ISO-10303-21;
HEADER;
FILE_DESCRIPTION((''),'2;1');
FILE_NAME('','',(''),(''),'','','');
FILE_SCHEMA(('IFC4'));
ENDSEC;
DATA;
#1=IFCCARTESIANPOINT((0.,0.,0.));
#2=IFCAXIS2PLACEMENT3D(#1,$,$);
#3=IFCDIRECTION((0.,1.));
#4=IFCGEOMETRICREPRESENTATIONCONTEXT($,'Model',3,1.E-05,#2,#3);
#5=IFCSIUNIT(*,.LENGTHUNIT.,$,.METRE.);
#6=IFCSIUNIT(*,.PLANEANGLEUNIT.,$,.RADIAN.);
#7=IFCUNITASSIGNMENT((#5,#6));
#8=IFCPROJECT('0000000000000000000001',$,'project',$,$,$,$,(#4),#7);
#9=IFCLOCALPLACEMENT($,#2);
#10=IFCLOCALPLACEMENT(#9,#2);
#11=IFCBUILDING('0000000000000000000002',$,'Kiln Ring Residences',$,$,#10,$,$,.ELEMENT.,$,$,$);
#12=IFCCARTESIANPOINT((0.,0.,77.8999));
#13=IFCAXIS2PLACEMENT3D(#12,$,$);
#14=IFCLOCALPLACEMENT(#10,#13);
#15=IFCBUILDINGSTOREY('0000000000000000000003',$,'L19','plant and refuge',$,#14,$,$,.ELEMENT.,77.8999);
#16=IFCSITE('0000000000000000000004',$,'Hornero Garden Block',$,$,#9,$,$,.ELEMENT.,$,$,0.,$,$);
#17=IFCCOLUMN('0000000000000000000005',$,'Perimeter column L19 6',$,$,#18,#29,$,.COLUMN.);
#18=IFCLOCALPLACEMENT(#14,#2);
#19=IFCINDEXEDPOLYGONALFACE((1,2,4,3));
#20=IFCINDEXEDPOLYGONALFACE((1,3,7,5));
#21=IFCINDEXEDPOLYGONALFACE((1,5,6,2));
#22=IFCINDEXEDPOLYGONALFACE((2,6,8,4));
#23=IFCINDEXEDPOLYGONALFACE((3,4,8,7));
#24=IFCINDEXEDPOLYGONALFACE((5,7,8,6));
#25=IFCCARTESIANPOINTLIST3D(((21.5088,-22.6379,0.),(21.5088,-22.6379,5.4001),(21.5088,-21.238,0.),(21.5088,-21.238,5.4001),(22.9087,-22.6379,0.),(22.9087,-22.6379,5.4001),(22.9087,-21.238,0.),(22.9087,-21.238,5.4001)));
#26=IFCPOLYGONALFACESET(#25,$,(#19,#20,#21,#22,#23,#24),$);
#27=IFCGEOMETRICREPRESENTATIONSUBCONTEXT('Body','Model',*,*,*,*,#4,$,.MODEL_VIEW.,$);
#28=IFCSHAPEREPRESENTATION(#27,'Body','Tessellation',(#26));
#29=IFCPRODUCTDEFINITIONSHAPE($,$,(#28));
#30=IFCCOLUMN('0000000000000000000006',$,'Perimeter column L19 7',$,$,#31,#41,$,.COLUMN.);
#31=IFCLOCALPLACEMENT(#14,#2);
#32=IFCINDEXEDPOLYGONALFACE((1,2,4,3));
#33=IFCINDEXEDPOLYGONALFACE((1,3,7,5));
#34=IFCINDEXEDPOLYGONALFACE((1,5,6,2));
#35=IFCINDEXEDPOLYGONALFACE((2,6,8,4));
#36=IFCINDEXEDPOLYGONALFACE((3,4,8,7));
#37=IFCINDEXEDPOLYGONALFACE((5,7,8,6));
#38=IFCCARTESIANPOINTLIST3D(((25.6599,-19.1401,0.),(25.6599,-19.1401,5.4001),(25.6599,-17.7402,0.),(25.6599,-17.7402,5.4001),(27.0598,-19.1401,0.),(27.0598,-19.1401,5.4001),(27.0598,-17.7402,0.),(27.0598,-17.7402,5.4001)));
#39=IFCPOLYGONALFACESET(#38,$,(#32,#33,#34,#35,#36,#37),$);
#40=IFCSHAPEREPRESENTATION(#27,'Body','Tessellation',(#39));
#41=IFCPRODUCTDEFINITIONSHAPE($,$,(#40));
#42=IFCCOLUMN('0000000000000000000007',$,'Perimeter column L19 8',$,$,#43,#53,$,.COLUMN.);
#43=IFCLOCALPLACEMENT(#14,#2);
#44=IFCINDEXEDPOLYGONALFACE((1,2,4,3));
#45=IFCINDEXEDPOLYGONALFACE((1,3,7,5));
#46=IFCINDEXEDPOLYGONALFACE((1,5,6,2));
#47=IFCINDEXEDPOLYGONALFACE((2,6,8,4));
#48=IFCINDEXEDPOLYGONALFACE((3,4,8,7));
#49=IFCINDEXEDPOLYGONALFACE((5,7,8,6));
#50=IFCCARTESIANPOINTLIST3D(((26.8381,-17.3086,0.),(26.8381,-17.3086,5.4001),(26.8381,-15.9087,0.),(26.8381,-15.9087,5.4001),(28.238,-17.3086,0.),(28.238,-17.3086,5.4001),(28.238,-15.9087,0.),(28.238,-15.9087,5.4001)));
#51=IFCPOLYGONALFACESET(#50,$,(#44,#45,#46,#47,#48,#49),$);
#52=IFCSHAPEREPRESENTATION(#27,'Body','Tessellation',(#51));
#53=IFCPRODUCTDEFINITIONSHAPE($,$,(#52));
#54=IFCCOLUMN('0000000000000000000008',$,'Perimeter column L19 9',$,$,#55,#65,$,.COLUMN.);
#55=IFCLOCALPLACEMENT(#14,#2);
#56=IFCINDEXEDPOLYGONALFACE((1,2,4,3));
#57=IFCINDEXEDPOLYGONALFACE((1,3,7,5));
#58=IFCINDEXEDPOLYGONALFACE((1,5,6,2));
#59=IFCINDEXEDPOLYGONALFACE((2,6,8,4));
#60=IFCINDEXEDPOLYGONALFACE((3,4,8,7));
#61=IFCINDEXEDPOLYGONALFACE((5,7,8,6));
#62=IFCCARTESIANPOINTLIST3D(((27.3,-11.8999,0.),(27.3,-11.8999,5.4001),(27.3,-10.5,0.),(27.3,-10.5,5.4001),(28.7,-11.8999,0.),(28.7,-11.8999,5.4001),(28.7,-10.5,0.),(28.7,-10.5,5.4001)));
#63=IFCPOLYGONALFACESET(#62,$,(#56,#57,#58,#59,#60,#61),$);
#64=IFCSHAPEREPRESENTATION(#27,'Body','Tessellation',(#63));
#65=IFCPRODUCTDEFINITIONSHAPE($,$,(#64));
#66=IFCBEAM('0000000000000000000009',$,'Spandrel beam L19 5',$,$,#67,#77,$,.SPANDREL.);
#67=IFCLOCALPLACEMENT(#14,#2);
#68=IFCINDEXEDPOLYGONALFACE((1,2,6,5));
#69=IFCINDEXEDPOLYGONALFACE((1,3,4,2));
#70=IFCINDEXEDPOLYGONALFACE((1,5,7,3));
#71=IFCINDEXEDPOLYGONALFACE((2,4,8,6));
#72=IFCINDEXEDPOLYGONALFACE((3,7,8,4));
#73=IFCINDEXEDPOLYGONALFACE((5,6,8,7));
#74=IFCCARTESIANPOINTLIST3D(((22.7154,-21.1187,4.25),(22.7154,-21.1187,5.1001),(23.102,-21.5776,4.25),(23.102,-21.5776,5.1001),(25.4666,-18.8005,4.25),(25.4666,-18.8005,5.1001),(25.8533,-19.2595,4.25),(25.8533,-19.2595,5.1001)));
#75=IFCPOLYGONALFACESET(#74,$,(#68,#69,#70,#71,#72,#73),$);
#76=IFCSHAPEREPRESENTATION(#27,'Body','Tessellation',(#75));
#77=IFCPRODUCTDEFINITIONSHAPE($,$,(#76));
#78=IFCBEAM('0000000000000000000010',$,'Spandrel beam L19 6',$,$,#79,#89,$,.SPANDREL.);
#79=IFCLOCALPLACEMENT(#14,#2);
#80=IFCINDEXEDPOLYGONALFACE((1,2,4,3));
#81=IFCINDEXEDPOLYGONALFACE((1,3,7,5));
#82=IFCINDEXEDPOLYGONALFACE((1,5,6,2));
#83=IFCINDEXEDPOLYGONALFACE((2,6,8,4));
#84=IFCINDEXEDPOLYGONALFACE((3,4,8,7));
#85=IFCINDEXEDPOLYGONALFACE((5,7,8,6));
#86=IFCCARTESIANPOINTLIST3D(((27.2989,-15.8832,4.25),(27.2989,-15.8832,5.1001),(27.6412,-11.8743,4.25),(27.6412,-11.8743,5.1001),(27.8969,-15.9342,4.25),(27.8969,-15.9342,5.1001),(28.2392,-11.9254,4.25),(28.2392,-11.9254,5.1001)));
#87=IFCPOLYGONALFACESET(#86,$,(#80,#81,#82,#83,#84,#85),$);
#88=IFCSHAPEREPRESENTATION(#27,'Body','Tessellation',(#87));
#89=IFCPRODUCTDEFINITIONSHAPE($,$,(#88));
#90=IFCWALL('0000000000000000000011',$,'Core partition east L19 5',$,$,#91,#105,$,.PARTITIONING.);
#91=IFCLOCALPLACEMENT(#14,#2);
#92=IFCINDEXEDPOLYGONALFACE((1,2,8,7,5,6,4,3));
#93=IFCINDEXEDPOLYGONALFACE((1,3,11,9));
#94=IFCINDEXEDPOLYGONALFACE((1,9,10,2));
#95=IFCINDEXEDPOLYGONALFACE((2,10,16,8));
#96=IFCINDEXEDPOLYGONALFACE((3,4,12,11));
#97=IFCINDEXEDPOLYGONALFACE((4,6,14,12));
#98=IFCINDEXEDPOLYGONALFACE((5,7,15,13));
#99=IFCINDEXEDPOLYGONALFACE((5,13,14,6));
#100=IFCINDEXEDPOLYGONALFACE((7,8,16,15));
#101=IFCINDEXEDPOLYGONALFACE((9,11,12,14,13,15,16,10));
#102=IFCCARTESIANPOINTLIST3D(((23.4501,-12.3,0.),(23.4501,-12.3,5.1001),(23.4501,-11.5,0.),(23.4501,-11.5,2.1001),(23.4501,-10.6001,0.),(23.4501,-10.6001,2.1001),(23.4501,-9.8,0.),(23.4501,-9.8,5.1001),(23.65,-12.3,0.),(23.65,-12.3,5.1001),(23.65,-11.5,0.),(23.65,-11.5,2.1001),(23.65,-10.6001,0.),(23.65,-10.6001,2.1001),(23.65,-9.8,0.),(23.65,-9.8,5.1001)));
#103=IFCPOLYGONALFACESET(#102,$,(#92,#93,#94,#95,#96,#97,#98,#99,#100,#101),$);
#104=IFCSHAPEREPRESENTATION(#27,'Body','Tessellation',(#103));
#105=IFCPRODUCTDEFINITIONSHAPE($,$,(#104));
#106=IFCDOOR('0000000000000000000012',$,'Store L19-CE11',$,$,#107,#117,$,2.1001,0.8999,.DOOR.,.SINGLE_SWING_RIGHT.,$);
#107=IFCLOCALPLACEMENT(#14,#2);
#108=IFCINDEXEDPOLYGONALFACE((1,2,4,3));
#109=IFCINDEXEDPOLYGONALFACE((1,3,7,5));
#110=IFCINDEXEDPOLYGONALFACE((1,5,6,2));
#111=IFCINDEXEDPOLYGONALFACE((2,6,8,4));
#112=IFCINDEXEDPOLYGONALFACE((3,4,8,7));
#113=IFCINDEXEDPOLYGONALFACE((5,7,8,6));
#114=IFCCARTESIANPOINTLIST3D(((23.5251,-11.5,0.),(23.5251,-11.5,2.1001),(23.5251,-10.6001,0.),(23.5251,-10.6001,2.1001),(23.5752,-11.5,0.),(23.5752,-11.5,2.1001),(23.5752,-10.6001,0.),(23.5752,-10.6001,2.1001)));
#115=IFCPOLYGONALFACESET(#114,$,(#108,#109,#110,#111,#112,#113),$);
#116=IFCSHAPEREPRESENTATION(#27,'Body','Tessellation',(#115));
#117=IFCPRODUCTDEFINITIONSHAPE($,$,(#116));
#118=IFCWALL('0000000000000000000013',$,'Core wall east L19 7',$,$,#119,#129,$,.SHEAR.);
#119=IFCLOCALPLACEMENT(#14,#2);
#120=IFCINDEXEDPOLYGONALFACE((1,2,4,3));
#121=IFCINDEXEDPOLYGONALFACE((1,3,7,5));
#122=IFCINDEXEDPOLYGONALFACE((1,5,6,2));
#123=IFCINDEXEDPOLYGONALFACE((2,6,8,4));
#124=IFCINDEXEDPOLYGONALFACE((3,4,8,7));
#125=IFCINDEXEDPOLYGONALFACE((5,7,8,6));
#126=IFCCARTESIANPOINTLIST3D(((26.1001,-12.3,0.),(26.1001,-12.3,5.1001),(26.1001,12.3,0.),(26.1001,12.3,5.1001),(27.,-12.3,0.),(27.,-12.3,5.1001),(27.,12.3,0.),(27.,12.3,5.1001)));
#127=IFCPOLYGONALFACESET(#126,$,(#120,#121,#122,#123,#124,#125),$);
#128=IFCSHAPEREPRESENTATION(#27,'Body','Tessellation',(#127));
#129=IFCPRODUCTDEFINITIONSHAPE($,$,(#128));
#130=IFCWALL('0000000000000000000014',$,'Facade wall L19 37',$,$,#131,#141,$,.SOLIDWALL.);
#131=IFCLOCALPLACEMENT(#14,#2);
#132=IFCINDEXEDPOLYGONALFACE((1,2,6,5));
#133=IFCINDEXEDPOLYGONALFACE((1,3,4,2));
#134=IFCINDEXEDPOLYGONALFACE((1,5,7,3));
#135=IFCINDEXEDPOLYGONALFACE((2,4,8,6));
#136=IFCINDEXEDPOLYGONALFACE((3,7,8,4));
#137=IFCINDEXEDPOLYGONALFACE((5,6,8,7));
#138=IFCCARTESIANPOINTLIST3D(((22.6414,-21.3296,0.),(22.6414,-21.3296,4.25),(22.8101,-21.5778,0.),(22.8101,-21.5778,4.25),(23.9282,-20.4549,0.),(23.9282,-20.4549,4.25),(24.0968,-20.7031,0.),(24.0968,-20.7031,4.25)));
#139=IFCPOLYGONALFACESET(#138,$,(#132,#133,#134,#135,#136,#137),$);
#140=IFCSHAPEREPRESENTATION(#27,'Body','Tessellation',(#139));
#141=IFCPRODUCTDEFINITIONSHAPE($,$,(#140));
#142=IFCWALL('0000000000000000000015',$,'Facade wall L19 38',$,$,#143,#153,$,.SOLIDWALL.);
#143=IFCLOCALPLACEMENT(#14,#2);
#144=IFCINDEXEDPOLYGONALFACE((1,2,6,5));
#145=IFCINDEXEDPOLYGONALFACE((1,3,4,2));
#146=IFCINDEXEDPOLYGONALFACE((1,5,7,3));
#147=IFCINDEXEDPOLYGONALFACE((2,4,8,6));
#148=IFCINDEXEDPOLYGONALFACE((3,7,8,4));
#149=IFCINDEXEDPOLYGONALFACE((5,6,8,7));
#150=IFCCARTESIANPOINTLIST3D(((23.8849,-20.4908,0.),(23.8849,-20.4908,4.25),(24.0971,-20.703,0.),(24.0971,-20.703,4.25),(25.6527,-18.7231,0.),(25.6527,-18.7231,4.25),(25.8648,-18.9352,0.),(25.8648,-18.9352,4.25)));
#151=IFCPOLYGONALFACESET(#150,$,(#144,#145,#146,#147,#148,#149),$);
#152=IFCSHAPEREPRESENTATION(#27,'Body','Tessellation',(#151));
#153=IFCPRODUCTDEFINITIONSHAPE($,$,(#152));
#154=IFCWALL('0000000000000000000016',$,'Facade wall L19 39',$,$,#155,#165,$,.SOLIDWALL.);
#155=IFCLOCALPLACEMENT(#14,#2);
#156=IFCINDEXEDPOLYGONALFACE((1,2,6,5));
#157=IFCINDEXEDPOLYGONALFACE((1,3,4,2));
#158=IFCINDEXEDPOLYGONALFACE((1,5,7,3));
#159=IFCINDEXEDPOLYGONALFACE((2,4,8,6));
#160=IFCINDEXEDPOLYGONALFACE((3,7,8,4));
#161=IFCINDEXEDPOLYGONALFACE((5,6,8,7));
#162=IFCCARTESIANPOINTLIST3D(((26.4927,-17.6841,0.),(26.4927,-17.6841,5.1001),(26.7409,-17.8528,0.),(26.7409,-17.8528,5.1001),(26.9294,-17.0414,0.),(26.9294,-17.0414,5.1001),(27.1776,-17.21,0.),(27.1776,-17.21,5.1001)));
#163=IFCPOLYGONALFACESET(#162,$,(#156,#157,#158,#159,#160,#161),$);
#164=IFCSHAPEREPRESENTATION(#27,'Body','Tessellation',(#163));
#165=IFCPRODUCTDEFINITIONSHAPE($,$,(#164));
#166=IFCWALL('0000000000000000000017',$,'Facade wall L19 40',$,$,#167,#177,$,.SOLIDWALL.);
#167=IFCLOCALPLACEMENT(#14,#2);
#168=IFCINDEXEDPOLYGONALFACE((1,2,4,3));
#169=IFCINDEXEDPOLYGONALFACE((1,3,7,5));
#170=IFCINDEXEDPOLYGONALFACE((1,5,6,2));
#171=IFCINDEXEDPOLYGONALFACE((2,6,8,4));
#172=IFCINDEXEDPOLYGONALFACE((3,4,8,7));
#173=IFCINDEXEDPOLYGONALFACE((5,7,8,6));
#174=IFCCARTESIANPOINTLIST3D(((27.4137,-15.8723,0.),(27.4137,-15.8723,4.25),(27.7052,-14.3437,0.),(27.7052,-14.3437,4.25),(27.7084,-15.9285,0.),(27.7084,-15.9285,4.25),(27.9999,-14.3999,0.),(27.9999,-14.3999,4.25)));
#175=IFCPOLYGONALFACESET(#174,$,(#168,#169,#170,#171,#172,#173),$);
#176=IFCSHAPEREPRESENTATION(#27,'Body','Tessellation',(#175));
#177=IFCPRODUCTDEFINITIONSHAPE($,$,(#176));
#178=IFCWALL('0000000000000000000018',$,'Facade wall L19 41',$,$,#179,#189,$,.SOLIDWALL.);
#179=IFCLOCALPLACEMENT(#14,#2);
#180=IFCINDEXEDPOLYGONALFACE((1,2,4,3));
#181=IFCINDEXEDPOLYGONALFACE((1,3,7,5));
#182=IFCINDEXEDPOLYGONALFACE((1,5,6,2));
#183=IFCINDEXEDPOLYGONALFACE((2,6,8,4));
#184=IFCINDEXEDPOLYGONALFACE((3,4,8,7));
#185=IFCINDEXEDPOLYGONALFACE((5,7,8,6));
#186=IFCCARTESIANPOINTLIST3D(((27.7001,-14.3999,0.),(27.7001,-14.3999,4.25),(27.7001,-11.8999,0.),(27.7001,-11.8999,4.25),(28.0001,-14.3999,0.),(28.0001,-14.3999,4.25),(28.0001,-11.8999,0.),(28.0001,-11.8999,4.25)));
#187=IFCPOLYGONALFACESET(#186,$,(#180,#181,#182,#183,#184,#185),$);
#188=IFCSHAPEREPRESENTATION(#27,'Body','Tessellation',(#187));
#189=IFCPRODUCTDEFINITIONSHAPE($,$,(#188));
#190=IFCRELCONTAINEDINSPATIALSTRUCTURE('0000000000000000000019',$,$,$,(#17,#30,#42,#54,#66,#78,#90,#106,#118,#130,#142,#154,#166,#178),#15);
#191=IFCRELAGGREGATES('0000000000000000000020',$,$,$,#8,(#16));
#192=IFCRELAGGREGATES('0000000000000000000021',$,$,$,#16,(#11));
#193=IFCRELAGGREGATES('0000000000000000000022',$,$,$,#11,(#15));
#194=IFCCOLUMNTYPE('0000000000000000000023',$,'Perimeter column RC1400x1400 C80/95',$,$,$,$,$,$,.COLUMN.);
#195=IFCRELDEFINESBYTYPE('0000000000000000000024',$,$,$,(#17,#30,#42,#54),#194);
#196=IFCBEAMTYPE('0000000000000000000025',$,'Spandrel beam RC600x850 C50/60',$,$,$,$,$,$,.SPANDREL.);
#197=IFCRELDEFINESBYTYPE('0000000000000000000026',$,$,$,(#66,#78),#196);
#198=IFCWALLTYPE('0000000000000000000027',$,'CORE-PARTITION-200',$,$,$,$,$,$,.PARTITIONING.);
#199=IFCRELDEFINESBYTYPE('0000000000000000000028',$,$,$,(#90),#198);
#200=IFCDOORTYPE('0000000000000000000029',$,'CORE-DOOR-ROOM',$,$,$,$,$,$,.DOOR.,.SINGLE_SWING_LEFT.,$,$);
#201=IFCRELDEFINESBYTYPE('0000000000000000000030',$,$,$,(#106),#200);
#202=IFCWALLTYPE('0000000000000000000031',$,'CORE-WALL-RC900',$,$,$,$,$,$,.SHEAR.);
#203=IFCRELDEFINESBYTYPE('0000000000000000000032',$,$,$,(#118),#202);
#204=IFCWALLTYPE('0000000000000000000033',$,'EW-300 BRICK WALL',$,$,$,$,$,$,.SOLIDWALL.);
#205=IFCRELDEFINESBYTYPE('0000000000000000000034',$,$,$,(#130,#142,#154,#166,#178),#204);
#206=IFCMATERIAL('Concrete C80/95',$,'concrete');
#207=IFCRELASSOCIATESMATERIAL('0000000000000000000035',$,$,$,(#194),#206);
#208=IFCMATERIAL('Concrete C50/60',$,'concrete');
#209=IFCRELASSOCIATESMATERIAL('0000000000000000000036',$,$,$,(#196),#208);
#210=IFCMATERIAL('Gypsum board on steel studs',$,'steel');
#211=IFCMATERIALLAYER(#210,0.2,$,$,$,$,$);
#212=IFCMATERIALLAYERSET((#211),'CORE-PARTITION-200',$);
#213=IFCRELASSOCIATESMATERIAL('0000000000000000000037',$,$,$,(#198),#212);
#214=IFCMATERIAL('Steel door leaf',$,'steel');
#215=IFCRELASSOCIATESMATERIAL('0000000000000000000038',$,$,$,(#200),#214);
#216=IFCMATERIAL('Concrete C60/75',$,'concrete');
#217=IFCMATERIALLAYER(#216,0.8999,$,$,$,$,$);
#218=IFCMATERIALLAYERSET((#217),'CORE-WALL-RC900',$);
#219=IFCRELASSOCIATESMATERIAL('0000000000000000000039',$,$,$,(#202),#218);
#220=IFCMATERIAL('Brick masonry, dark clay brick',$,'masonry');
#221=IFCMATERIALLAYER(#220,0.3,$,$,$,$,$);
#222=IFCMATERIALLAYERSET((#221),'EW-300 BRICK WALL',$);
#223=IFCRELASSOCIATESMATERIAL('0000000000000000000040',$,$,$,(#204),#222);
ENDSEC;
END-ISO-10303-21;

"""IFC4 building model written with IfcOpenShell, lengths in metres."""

from ifc_helpers import new_model, si_unit, direction, frame, frame_2d, origin, origin_2d, place, context, subcontext, project, spatial, rectangle, extrude, material, layer, layer_set, material_profile, profile_set, type_object, element, fill, save


model = new_model("IFC4")

# Units and contexts
model_context = context("Model", 3, precision=1e-05, world=origin(), true_north=direction((0.0, 1.0)))
body_context = subcontext(model_context, "Body", "Model", "MODEL_VIEW")
ifc_project = project(units=[si_unit("LENGTHUNIT", "METRE"), si_unit("PLANEANGLEUNIT", "RADIAN")], contexts=[model_context])

# Site, building, storey
site_placement = place(None, origin())
site = spatial("IfcSite", under=ifc_project, at=site_placement, Name="Hornero Garden Block", CompositionType="ELEMENT", RefElevation=0.0)
building_placement = place(site_placement, origin())
building = spatial("IfcBuilding", under=site, at=building_placement, Name="Kiln Ring Residences", CompositionType="ELEMENT")
storey_placement = place(building_placement, frame((0.0, 0.0, 77.8999)))
storey = spatial("IfcBuildingStorey", under=building, at=storey_placement, Name="L19", Description="plant and refuge", CompositionType="ELEMENT", Elevation=77.8999)

# Columns
ifc_material_1 = material(Name="Concrete C80/95", Category="concrete")
ifc_material_profile_1 = material_profile(ifc_material_1, rectangle(XDim=1.3999, YDim=1.3999, at=origin_2d()), Name="RC1400x1400")
ifc_profile_set_1 = profile_set([ifc_material_profile_1], Name="Concrete C80/95")
column_type = type_object("IfcColumnType", Name="Perimeter column RC1400x1400 C80/95", PredefinedType="COLUMN", material=ifc_profile_set_1)
for number, where, z_axis, x_axis, name in (
    (1, (22.2087, -21.938, 0.0), (0.0, 0.0, 1.0), (1.0, 0.0, 0.0), "Perimeter column L19 6"),
    (2, (26.3599, -18.4402, 0.0), (0.0, 0.0, 1.0), (1.0, 0.0, 0.0), "Perimeter column L19 7"),
    (3, (27.5381, -16.6086, 0.0), (0.0, 0.0, 1.0), (1.0, 0.0, 0.0), "Perimeter column L19 8"),
    (4, (28.0, -11.2, 0.0), (0.0, 0.0, 1.0), (1.0, 0.0, 0.0), "Perimeter column L19 9"),
):
    element("IfcColumn", number, at=place(storey_placement, frame(where, z_axis=z_axis, x_axis=x_axis)), inside=storey, type_object=column_type, Name=name, PredefinedType="COLUMN", context=body_context, shape_type="SweptSolid", body=[
        extrude(rectangle(XDim=1.3999, YDim=1.3999, at=origin_2d()), origin(), (0.0, 0.0, 1.0), 5.4001),
    ])

# Beams
ifc_material_2 = material(Name="Concrete C50/60", Category="concrete")
ifc_material_profile_2 = material_profile(ifc_material_2, rectangle(XDim=0.6001, YDim=0.8501, at=origin_2d()), Name="RC600x850")
ifc_profile_set_2 = profile_set([ifc_material_profile_2], Name="Concrete C50/60")
beam_type = type_object("IfcBeamType", Name="Spandrel beam RC600x850 C50/60", PredefinedType="SPANDREL", material=ifc_profile_set_2)
beam_1_placement = place(storey_placement, frame((22.9087, -21.3481, 4.675), z_axis=(0.764733, 0.644347, 0.0), x_axis=(-0.644347, 0.764733, 0.0)))
element("IfcBeam", 5, at=beam_1_placement, inside=storey, type_object=beam_type, Name="Spandrel beam L19 5", PredefinedType="SPANDREL", context=body_context, shape_type="SweptSolid", body=[
    extrude(rectangle(XDim=0.6001, YDim=0.8501, at=origin_2d()), origin(), (0.0, 0.0, 1.0), 3.5977),
])
beam_2_placement = place(storey_placement, frame((27.5979, -15.9087, 4.675), z_axis=(0.085074, 0.996375, 0.0), x_axis=(-0.996375, 0.085074, 0.0)))
element("IfcBeam", 6, at=beam_2_placement, inside=storey, type_object=beam_type, Name="Spandrel beam L19 6", PredefinedType="SPANDREL", context=body_context, shape_type="SweptSolid", body=[
    extrude(rectangle(XDim=0.6001, YDim=0.8501, at=origin_2d()), origin(), (0.0, 0.0, 1.0), 4.0234),
])

# Wall, opening, door
ifc_material_3 = material(Name="Gypsum board on steel studs", Category="steel")
ifc_layer_1 = layer(ifc_material_3, 0.2)
ifc_layer_set_1 = layer_set([ifc_layer_1], Name="CORE-PARTITION-200")
wall_type_1 = type_object("IfcWallType", Name="CORE-PARTITION-200", PredefinedType="PARTITIONING", material=ifc_layer_set_1)
wall_1_placement = place(storey_placement, frame((23.55, -12.3, 0.0), z_axis=(0.0, 0.0, 1.0), x_axis=(0.0, 1.0, 0.0)))
wall_1 = element("IfcWall", 7, at=wall_1_placement, inside=storey, type_object=wall_type_1, Name="Core partition east L19 5", PredefinedType="PARTITIONING", context=body_context, shape_type="SweptSolid", body=[
    extrude(rectangle(XDim=2.5, YDim=0.2, at=frame_2d((1.25, 0.0))), origin(), (0.0, 0.0, 1.0), 5.1001),
])
opening_placement = place(wall_1_placement, frame((0.8, 0.0, 0.0)))
opening = element("IfcOpeningElement", 8, at=opening_placement, cuts=wall_1, PredefinedType="OPENING", context=body_context, shape_type="SweptSolid", body=[
    extrude(rectangle(XDim=0.8999, YDim=2.1001, at=frame_2d((0.45, 1.05))), frame((0.0, 0.1099, 0.0), z_axis=(0.0, -1.0, 0.0), x_axis=(1.0, 0.0, 0.0)), (0.0, 0.0, 1.0), 0.22),
])
ifc_material_4 = material(Name="Steel door leaf", Category="steel")
door_type = type_object("IfcDoorType", Name="CORE-DOOR-ROOM", OperationType="SINGLE_SWING_LEFT", PredefinedType="DOOR", material=ifc_material_4)
door_placement = place(opening_placement, origin())
door = element("IfcDoor", 9, at=door_placement, inside=storey, type_object=door_type, Name="Store L19-CE11", OperationType="SINGLE_SWING_RIGHT", OverallHeight=2.1001, OverallWidth=0.8999, PredefinedType="DOOR", context=body_context, shape_type="SweptSolid", body=[
    extrude(rectangle(XDim=0.8999, YDim=2.1001, at=frame_2d((0.45, 1.05))), frame((0.0, 0.0249, 0.0), z_axis=(0.0, -1.0, 0.0), x_axis=(1.0, 0.0, 0.0)), (0.0, 0.0, 1.0), 0.05),
])
fill(opening, door)

# Walls
ifc_material_5 = material(Name="Concrete C60/75", Category="concrete")
ifc_layer_2 = layer(ifc_material_5, 0.8999)
ifc_layer_set_2 = layer_set([ifc_layer_2], Name="CORE-WALL-RC900")
wall_type_2 = type_object("IfcWallType", Name="CORE-WALL-RC900", PredefinedType="SHEAR", material=ifc_layer_set_2)
wall_2_placement = place(storey_placement, frame((26.55, -12.3, 0.0), z_axis=(0.0, 0.0, 1.0), x_axis=(0.0, 1.0, 0.0)))
element("IfcWall", 10, at=wall_2_placement, inside=storey, type_object=wall_type_2, Name="Core wall east L19 7", PredefinedType="SHEAR", context=body_context, shape_type="SweptSolid", body=[
    extrude(rectangle(XDim=24.6001, YDim=0.8999, at=frame_2d((12.3, 0.0))), origin(), (0.0, 0.0, 1.0), 5.1001),
])
ifc_material_6 = material(Name="Brick masonry, dark clay brick", Category="masonry")
ifc_layer_3 = layer(ifc_material_6, 0.3)
ifc_layer_set_3 = layer_set([ifc_layer_3], Name="EW-300 BRICK WALL")
wall_type_3 = type_object("IfcWallType", Name="EW-300 BRICK WALL", PredefinedType="SOLIDWALL", material=ifc_layer_set_3)
wall_3_placement = place(storey_placement, frame((22.7258, -21.4536, 0.0), z_axis=(0.0, 0.0, 1.0), x_axis=(0.82702, 0.562173, 0.0)))
element("IfcWall", 11, at=wall_3_placement, inside=storey, type_object=wall_type_3, Name="Facade wall L19 37", PredefinedType="SOLIDWALL", context=body_context, shape_type="SweptSolid", body=[
    extrude(rectangle(XDim=1.5559, YDim=0.3, at=frame_2d((0.7778, 0.0))), origin(), (0.0, 0.0, 1.0), 4.25),
])
wall_4_placement = place(storey_placement, frame((23.991, -20.5969, 0.0), z_axis=(0.0, 0.0, 1.0), x_axis=(0.707107, 0.707107, 0.0)))
element("IfcWall", 12, at=wall_4_placement, inside=storey, type_object=wall_type_3, Name="Facade wall L19 38", PredefinedType="SOLIDWALL", context=body_context, shape_type="SweptSolid", body=[
    extrude(rectangle(XDim=2.5, YDim=0.3, at=frame_2d((1.25, 0.0))), origin(), (0.0, 0.0, 1.0), 4.25),
])
wall_5_placement = place(storey_placement, frame((26.6167, -17.7686, 0.0), z_axis=(0.0, 0.0, 1.0), x_axis=(0.562001, 0.827137, 0.0)))
element("IfcWall", 13, at=wall_5_placement, inside=storey, type_object=wall_type_3, Name="Facade wall L19 39", PredefinedType="SOLIDWALL", context=body_context, shape_type="SweptSolid", body=[
    extrude(rectangle(XDim=0.7771, YDim=0.3, at=frame_2d((0.3887, 0.0))), origin(), (0.0, 0.0, 1.0), 5.1001),
])
wall_6_placement = place(storey_placement, frame((27.561, -15.9004, 0.0), z_axis=(0.0, 0.0, 1.0), x_axis=(0.187328, 0.982297, 0.0)))
element("IfcWall", 14, at=wall_6_placement, inside=storey, type_object=wall_type_3, Name="Facade wall L19 40", PredefinedType="SOLIDWALL", context=body_context, shape_type="SweptSolid", body=[
    extrude(rectangle(XDim=1.5562, YDim=0.3, at=frame_2d((0.7781, 0.0))), origin(), (0.0, 0.0, 1.0), 4.25),
])
wall_7_placement = place(storey_placement, frame((27.8501, -14.3999, 0.0), z_axis=(0.0, 0.0, 1.0), x_axis=(0.0, 1.0, 0.0)))
element("IfcWall", 15, at=wall_7_placement, inside=storey, type_object=wall_type_3, Name="Facade wall L19 41", PredefinedType="SOLIDWALL", context=body_context, shape_type="SweptSolid", body=[
    extrude(rectangle(XDim=2.5, YDim=0.3, at=frame_2d((1.25, 0.0))), origin(), (0.0, 0.0, 1.0), 4.25),
])

save(model, "model.ifc")
